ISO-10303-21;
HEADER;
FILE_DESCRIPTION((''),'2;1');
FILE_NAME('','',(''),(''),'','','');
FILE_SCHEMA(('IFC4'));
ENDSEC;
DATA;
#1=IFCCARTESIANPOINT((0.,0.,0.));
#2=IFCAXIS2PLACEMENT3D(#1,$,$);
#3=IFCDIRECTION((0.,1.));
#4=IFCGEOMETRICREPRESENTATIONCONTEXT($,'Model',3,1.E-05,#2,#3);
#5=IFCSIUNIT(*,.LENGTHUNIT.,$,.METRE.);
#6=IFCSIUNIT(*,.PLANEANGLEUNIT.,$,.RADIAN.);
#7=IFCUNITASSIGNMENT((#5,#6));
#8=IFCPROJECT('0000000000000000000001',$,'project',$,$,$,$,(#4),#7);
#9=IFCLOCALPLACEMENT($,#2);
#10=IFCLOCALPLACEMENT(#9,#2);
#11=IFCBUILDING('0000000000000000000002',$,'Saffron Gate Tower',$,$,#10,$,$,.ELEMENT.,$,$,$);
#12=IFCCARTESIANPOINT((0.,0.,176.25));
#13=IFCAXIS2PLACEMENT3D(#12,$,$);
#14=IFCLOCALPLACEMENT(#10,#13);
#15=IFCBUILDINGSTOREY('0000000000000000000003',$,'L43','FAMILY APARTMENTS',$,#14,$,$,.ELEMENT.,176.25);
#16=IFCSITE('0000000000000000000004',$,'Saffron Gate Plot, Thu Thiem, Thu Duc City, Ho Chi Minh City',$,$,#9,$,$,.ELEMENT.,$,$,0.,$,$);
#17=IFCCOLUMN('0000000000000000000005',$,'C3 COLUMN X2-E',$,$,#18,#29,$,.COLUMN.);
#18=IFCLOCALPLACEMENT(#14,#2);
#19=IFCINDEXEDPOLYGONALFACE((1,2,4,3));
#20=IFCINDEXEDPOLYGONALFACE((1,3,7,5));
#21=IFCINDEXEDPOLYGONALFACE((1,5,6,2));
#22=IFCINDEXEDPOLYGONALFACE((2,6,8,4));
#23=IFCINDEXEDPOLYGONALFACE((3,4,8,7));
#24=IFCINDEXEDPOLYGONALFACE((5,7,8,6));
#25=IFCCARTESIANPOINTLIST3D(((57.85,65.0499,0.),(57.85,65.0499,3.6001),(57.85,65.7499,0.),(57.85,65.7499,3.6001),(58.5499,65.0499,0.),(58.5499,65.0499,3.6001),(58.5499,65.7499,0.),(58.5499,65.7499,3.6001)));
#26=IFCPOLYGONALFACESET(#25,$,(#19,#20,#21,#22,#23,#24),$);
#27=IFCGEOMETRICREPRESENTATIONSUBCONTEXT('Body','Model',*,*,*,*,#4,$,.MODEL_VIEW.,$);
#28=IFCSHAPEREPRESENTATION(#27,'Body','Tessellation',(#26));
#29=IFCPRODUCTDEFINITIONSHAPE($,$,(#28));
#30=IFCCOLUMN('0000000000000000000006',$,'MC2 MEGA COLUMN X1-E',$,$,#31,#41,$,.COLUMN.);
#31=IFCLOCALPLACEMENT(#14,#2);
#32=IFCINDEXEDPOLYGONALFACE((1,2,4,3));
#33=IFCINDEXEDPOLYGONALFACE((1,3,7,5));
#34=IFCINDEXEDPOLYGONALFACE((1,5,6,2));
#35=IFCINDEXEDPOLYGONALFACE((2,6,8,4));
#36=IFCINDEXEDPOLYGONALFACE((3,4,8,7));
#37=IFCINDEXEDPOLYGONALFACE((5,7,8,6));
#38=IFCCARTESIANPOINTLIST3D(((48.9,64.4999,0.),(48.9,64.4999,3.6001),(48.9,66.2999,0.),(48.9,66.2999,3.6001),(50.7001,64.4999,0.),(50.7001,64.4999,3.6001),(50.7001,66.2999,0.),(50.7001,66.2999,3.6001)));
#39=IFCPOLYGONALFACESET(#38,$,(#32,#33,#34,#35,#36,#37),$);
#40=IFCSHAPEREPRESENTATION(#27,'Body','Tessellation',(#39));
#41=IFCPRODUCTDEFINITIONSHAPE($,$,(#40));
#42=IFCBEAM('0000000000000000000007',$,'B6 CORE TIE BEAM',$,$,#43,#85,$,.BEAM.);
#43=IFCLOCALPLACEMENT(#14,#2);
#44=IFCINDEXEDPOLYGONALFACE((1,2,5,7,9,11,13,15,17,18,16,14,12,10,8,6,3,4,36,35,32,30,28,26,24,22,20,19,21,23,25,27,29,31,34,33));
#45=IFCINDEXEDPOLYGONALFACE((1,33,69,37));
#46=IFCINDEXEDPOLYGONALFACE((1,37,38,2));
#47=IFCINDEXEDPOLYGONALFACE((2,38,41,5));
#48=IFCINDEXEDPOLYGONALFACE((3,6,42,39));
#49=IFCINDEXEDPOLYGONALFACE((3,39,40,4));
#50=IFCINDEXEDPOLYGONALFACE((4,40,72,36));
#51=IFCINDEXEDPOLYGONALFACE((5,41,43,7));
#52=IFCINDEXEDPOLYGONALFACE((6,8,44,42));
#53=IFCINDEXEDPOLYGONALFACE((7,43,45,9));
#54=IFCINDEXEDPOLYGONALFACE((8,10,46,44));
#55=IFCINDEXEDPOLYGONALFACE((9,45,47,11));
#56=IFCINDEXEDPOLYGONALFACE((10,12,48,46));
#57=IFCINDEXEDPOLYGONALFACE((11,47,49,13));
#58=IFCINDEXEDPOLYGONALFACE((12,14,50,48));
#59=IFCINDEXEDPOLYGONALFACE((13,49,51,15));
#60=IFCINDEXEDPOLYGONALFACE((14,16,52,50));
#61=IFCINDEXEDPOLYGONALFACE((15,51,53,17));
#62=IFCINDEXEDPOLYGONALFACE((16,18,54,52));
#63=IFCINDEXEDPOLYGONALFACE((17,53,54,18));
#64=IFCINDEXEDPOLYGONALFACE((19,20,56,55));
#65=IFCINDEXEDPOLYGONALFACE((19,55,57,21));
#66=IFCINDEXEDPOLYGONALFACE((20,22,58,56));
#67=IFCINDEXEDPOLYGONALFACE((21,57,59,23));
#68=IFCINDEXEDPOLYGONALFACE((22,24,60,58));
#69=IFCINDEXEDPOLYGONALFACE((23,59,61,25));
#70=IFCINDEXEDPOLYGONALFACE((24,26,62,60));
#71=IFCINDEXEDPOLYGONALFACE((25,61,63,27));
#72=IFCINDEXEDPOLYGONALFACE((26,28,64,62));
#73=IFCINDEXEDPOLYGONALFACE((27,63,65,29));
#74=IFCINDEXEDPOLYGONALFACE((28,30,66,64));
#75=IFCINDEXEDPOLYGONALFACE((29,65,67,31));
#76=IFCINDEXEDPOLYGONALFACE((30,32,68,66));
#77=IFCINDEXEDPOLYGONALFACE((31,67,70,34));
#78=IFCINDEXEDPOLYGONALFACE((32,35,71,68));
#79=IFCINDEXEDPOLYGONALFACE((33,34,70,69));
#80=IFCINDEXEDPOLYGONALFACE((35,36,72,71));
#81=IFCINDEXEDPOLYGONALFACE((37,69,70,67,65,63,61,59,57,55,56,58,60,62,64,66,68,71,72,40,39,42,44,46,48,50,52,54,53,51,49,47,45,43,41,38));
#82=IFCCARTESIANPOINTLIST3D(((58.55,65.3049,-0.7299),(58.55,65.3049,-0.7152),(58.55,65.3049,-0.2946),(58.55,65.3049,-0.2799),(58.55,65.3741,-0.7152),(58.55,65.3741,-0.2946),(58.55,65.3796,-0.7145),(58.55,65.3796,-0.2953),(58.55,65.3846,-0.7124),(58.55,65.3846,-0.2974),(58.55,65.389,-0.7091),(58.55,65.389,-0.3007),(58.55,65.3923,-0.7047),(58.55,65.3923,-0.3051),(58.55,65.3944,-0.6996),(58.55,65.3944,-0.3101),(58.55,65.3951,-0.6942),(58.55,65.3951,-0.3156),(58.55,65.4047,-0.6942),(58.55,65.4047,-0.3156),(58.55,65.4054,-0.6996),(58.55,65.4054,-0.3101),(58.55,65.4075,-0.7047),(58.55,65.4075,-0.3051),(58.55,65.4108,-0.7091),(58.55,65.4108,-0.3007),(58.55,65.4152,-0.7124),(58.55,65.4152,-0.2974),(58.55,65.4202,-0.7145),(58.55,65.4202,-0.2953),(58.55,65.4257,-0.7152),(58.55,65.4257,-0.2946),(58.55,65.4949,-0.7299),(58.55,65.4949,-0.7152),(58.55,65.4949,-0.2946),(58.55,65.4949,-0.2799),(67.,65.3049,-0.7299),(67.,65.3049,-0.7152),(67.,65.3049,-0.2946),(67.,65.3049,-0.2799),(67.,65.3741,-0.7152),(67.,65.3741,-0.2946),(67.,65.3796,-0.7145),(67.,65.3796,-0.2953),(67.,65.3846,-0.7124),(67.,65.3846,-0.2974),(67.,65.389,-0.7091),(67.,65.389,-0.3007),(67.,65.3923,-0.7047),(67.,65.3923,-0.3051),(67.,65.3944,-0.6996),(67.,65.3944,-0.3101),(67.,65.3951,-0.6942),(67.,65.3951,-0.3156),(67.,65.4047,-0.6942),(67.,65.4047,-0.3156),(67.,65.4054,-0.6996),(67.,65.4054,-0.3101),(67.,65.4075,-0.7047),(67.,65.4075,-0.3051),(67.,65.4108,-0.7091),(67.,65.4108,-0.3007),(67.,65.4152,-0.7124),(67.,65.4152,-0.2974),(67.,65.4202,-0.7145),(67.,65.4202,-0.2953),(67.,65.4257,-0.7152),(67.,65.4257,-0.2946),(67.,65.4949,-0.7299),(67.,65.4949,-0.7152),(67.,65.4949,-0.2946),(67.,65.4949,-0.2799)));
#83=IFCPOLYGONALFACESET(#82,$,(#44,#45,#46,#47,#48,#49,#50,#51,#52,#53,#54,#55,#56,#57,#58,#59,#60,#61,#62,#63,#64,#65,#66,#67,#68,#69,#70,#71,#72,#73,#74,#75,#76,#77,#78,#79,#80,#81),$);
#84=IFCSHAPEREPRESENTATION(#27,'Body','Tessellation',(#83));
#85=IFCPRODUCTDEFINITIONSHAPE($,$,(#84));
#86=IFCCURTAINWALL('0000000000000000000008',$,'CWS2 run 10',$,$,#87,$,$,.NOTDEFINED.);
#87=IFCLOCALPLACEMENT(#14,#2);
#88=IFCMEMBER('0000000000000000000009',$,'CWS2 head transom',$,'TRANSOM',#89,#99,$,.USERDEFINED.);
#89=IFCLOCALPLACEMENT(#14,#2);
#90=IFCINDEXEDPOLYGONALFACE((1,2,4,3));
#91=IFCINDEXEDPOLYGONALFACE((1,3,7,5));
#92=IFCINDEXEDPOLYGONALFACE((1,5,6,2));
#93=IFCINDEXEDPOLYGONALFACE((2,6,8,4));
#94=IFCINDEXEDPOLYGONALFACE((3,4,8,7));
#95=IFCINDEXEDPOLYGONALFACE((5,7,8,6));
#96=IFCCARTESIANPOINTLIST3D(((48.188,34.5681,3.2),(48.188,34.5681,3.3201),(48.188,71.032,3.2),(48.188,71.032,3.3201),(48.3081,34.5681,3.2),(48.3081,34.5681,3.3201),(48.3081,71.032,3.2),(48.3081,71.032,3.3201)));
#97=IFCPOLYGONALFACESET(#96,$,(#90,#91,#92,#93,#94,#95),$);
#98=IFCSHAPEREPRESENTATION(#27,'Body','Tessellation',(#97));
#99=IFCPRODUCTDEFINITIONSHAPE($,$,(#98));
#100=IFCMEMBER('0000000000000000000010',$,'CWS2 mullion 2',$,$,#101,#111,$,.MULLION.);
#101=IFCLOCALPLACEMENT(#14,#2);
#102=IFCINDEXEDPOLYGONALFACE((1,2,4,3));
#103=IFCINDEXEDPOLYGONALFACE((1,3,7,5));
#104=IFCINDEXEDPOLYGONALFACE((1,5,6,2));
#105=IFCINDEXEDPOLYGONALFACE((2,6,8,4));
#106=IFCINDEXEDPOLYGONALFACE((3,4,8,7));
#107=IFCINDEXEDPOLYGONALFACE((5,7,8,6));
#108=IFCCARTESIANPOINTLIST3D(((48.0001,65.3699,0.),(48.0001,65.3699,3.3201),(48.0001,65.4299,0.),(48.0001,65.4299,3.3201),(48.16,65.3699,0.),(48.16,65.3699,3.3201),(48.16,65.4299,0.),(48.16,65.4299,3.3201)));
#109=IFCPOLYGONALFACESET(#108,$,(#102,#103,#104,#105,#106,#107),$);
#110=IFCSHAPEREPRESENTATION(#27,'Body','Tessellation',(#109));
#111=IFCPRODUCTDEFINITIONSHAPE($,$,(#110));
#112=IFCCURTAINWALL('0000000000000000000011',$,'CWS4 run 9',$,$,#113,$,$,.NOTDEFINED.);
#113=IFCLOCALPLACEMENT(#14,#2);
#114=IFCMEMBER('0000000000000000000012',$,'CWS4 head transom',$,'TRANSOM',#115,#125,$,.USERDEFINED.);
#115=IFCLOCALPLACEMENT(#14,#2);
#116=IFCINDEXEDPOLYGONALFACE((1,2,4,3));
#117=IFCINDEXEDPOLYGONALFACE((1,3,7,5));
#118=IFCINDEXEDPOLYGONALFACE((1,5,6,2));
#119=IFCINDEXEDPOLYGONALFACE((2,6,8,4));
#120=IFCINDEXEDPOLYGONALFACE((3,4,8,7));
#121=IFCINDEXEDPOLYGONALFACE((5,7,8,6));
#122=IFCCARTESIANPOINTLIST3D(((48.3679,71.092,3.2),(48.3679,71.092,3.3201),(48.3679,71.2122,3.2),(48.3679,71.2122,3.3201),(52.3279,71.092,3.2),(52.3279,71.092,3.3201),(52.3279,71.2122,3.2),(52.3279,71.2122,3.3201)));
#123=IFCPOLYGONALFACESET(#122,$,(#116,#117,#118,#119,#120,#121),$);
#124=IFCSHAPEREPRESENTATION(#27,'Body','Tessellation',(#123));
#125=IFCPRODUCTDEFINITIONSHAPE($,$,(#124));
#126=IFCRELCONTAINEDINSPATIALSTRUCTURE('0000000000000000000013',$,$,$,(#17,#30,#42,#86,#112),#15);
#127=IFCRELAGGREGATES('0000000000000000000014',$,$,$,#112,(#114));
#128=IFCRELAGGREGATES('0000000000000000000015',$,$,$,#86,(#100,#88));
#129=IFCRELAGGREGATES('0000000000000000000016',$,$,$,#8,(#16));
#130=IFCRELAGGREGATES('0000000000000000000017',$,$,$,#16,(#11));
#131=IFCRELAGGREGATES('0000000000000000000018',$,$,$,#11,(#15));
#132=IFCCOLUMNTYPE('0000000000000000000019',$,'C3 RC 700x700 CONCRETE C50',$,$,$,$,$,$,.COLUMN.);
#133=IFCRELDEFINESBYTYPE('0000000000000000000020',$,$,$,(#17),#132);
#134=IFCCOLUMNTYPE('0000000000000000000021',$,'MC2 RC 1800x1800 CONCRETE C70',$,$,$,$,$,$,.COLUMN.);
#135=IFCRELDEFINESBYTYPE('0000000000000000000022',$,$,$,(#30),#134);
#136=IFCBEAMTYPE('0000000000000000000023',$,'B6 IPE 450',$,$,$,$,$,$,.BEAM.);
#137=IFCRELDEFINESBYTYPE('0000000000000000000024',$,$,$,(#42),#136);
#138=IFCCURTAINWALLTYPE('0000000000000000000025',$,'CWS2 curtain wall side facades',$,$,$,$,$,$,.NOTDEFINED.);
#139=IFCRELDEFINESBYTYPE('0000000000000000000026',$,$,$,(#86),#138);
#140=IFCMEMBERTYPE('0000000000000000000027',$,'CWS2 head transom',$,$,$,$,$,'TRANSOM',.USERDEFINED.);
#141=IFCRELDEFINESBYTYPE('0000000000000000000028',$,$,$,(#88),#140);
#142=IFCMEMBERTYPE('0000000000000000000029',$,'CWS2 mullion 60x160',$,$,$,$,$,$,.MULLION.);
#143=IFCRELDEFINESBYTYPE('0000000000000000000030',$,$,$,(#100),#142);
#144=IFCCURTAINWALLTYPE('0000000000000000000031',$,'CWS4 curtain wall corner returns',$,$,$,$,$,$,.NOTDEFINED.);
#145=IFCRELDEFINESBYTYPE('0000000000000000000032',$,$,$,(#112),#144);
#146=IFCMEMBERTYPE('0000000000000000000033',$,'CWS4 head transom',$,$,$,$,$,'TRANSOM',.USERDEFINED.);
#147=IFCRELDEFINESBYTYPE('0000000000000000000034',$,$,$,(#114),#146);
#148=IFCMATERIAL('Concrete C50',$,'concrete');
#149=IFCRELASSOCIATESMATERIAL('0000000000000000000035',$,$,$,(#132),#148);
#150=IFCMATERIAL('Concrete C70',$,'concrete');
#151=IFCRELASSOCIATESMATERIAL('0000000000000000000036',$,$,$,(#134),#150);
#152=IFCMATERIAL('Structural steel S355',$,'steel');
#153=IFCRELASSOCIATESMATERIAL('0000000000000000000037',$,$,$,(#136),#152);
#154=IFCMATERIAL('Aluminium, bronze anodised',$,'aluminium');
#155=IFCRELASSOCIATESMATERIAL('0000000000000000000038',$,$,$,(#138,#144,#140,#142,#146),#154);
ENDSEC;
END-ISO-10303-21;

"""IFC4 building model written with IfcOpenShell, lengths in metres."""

from ifc_helpers import new_model, si_unit, direction, frame, origin, origin_2d, place, context, subcontext, project, spatial, rectangle, i_section, extrude, material, material_profile, profile_set, type_object, element, aggregate, save


model = new_model("IFC4")

# Units and contexts
model_context = context("Model", 3, precision=1e-05, world=origin(), true_north=direction((0.0, 1.0)))
body_context = subcontext(model_context, "Body", "Model", "MODEL_VIEW")
ifc_project = project(units=[si_unit("LENGTHUNIT", "METRE"), si_unit("PLANEANGLEUNIT", "RADIAN")], contexts=[model_context])

# Site, building, storey
site_placement = place(None, origin())
site = spatial("IfcSite", under=ifc_project, at=site_placement, Name="Saffron Gate Plot, Thu Thiem, Thu Duc City, Ho Chi Minh City", CompositionType="ELEMENT", RefElevation=0.0)
building_placement = place(site_placement, origin())
building = spatial("IfcBuilding", under=site, at=building_placement, Name="Saffron Gate Tower", CompositionType="ELEMENT")
storey_placement = place(building_placement, frame((0.0, 0.0, 176.25)))
storey = spatial("IfcBuildingStorey", under=building, at=storey_placement, Name="L43", Description="FAMILY APARTMENTS", CompositionType="ELEMENT", Elevation=176.25)

# Columns
ifc_material_1 = material(Name="Concrete C50", Category="concrete")
ifc_material_profile_1 = material_profile(ifc_material_1, rectangle(XDim=0.7, YDim=0.7, at=origin_2d()))
ifc_profile_set_1 = profile_set([ifc_material_profile_1], Name="Concrete C50")
column_type_1 = type_object("IfcColumnType", Name="C3 RC 700x700 CONCRETE C50", PredefinedType="COLUMN", material=ifc_profile_set_1)
column_1_placement = place(storey_placement, frame((58.2, 65.3999, 0.0), z_axis=(0.0, 0.0, 1.0), x_axis=(1.0, 0.0, 0.0)))
element("IfcColumn", 1, at=column_1_placement, inside=storey, type_object=column_type_1, Name="C3 COLUMN X2-E", PredefinedType="COLUMN", context=body_context, shape_type="SweptSolid", body=[
    extrude(rectangle(XDim=0.7, YDim=0.7, at=origin_2d()), origin(), (0.0, 0.0, 1.0), 3.6001),
])
ifc_material_2 = material(Name="Concrete C70", Category="concrete")
ifc_material_profile_2 = material_profile(ifc_material_2, rectangle(XDim=1.8, YDim=1.8, at=origin_2d()))
ifc_profile_set_2 = profile_set([ifc_material_profile_2], Name="Concrete C70")
column_type_2 = type_object("IfcColumnType", Name="MC2 RC 1800x1800 CONCRETE C70", PredefinedType="COLUMN", material=ifc_profile_set_2)
column_2_placement = place(storey_placement, frame((49.8, 65.3999, 0.0), z_axis=(0.0, 0.0, 1.0), x_axis=(1.0, 0.0, 0.0)))
element("IfcColumn", 2, at=column_2_placement, inside=storey, type_object=column_type_2, Name="MC2 MEGA COLUMN X1-E", PredefinedType="COLUMN", context=body_context, shape_type="SweptSolid", body=[
    extrude(rectangle(XDim=1.8, YDim=1.8, at=origin_2d()), origin(), (0.0, 0.0, 1.0), 3.6001),
])

# Beam
ifc_material_3 = material(Name="Structural steel S355", Category="steel")
ifc_material_profile_3 = material_profile(ifc_material_3, i_section(OverallWidth=0.1899, OverallDepth=0.45, WebThickness=0.0095, FlangeThickness=0.0146, FilletRadius=0.021, at=origin_2d()))
ifc_profile_set_3 = profile_set([ifc_material_profile_3], Name="Structural steel S355")
beam_type = type_object("IfcBeamType", Name="B6 IPE 450", PredefinedType="BEAM", material=ifc_profile_set_3)
beam_placement = place(storey_placement, frame((58.55, 65.3999, -0.5049), z_axis=(1.0, 0.0, 0.0), x_axis=(0.0, 1.0, 0.0)))
element("IfcBeam", 3, at=beam_placement, inside=storey, type_object=beam_type, Name="B6 CORE TIE BEAM", PredefinedType="BEAM", context=body_context, shape_type="SweptSolid", body=[
    extrude(i_section(OverallWidth=0.1899, OverallDepth=0.45, WebThickness=0.0095, FlangeThickness=0.0146, FilletRadius=0.021, at=origin_2d()), origin(), (0.0, 0.0, 1.0), 8.45),
])

# Curtain wall, members
ifc_material_4 = material(Name="Aluminium, bronze anodised", Category="aluminium")
curtain_wall_type_1 = type_object("IfcCurtainWallType", Name="CWS2 curtain wall side facades", PredefinedType="NOTDEFINED", material=ifc_material_4)
curtain_wall_1_placement = place(storey_placement, origin())
curtain_wall_1 = element("IfcCurtainWall", 4, at=curtain_wall_1_placement, inside=storey, type_object=curtain_wall_type_1, Name="CWS2 run 10", PredefinedType="NOTDEFINED")
ifc_material_profile_4 = material_profile(ifc_material_4, rectangle(XDim=0.1201, YDim=0.1201, at=origin_2d()))
ifc_profile_set_4 = profile_set([ifc_material_profile_4], Name="Aluminium, bronze anodised")
member_type_1 = type_object("IfcMemberType", Name="CWS2 head transom", ElementType="TRANSOM", PredefinedType="USERDEFINED", material=ifc_profile_set_4)
member_1_placement = place(storey_placement, frame((48.248, 71.032, 3.26), z_axis=(0.0, -1.0, 0.0), x_axis=(1.0, 0.0, 0.0)))
member_1 = element("IfcMember", 5, at=member_1_placement, type_object=member_type_1, Name="CWS2 head transom", ObjectType="TRANSOM", PredefinedType="USERDEFINED", context=body_context, shape_type="SweptSolid", body=[
    extrude(rectangle(XDim=0.1201, YDim=0.1201, at=origin_2d()), origin(), (0.0, 0.0, 1.0), 36.4639),
])
ifc_material_profile_5 = material_profile(ifc_material_4, rectangle(XDim=0.1599, YDim=0.0601, at=origin_2d()))
ifc_profile_set_5 = profile_set([ifc_material_profile_5], Name="Aluminium, bronze anodised")
member_type_2 = type_object("IfcMemberType", Name="CWS2 mullion 60x160", PredefinedType="MULLION", material=ifc_profile_set_5)
member_2_placement = place(storey_placement, frame((48.0801, 65.3999, 0.0), z_axis=(0.0, 0.0, 1.0), x_axis=(1.0, 0.0, 0.0)))
member_2 = element("IfcMember", 6, at=member_2_placement, type_object=member_type_2, Name="CWS2 mullion 2", PredefinedType="MULLION", context=body_context, shape_type="SweptSolid", body=[
    extrude(rectangle(XDim=0.1599, YDim=0.0601, at=origin_2d()), origin(), (0.0, 0.0, 1.0), 3.3201),
])

# Curtain wall, member
curtain_wall_type_2 = type_object("IfcCurtainWallType", Name="CWS4 curtain wall corner returns", PredefinedType="NOTDEFINED", material=ifc_material_4)
curtain_wall_2_placement = place(storey_placement, origin())
curtain_wall_2 = element("IfcCurtainWall", 7, at=curtain_wall_2_placement, inside=storey, type_object=curtain_wall_type_2, Name="CWS4 run 9", PredefinedType="NOTDEFINED")
ifc_material_profile_6 = material_profile(ifc_material_4, rectangle(XDim=0.1201, YDim=0.1201, at=origin_2d()))
ifc_profile_set_6 = profile_set([ifc_material_profile_6], Name="Aluminium, bronze anodised")
member_type_3 = type_object("IfcMemberType", Name="CWS4 head transom", ElementType="TRANSOM", PredefinedType="USERDEFINED", material=ifc_profile_set_6)
member_3_placement = place(storey_placement, frame((52.3279, 71.1521, 3.26), z_axis=(-1.0, 0.0, 0.0), x_axis=(0.0, -1.0, 0.0)))
member_3 = element("IfcMember", 8, at=member_3_placement, type_object=member_type_3, Name="CWS4 head transom", ObjectType="TRANSOM", PredefinedType="USERDEFINED", context=body_context, shape_type="SweptSolid", body=[
    extrude(rectangle(XDim=0.1201, YDim=0.1201, at=origin_2d()), origin(), (0.0, 0.0, 1.0), 3.96),
])
aggregate(curtain_wall_2, [member_3])

aggregate(curtain_wall_1, [member_2, member_1])

save(model, "model.ifc")
